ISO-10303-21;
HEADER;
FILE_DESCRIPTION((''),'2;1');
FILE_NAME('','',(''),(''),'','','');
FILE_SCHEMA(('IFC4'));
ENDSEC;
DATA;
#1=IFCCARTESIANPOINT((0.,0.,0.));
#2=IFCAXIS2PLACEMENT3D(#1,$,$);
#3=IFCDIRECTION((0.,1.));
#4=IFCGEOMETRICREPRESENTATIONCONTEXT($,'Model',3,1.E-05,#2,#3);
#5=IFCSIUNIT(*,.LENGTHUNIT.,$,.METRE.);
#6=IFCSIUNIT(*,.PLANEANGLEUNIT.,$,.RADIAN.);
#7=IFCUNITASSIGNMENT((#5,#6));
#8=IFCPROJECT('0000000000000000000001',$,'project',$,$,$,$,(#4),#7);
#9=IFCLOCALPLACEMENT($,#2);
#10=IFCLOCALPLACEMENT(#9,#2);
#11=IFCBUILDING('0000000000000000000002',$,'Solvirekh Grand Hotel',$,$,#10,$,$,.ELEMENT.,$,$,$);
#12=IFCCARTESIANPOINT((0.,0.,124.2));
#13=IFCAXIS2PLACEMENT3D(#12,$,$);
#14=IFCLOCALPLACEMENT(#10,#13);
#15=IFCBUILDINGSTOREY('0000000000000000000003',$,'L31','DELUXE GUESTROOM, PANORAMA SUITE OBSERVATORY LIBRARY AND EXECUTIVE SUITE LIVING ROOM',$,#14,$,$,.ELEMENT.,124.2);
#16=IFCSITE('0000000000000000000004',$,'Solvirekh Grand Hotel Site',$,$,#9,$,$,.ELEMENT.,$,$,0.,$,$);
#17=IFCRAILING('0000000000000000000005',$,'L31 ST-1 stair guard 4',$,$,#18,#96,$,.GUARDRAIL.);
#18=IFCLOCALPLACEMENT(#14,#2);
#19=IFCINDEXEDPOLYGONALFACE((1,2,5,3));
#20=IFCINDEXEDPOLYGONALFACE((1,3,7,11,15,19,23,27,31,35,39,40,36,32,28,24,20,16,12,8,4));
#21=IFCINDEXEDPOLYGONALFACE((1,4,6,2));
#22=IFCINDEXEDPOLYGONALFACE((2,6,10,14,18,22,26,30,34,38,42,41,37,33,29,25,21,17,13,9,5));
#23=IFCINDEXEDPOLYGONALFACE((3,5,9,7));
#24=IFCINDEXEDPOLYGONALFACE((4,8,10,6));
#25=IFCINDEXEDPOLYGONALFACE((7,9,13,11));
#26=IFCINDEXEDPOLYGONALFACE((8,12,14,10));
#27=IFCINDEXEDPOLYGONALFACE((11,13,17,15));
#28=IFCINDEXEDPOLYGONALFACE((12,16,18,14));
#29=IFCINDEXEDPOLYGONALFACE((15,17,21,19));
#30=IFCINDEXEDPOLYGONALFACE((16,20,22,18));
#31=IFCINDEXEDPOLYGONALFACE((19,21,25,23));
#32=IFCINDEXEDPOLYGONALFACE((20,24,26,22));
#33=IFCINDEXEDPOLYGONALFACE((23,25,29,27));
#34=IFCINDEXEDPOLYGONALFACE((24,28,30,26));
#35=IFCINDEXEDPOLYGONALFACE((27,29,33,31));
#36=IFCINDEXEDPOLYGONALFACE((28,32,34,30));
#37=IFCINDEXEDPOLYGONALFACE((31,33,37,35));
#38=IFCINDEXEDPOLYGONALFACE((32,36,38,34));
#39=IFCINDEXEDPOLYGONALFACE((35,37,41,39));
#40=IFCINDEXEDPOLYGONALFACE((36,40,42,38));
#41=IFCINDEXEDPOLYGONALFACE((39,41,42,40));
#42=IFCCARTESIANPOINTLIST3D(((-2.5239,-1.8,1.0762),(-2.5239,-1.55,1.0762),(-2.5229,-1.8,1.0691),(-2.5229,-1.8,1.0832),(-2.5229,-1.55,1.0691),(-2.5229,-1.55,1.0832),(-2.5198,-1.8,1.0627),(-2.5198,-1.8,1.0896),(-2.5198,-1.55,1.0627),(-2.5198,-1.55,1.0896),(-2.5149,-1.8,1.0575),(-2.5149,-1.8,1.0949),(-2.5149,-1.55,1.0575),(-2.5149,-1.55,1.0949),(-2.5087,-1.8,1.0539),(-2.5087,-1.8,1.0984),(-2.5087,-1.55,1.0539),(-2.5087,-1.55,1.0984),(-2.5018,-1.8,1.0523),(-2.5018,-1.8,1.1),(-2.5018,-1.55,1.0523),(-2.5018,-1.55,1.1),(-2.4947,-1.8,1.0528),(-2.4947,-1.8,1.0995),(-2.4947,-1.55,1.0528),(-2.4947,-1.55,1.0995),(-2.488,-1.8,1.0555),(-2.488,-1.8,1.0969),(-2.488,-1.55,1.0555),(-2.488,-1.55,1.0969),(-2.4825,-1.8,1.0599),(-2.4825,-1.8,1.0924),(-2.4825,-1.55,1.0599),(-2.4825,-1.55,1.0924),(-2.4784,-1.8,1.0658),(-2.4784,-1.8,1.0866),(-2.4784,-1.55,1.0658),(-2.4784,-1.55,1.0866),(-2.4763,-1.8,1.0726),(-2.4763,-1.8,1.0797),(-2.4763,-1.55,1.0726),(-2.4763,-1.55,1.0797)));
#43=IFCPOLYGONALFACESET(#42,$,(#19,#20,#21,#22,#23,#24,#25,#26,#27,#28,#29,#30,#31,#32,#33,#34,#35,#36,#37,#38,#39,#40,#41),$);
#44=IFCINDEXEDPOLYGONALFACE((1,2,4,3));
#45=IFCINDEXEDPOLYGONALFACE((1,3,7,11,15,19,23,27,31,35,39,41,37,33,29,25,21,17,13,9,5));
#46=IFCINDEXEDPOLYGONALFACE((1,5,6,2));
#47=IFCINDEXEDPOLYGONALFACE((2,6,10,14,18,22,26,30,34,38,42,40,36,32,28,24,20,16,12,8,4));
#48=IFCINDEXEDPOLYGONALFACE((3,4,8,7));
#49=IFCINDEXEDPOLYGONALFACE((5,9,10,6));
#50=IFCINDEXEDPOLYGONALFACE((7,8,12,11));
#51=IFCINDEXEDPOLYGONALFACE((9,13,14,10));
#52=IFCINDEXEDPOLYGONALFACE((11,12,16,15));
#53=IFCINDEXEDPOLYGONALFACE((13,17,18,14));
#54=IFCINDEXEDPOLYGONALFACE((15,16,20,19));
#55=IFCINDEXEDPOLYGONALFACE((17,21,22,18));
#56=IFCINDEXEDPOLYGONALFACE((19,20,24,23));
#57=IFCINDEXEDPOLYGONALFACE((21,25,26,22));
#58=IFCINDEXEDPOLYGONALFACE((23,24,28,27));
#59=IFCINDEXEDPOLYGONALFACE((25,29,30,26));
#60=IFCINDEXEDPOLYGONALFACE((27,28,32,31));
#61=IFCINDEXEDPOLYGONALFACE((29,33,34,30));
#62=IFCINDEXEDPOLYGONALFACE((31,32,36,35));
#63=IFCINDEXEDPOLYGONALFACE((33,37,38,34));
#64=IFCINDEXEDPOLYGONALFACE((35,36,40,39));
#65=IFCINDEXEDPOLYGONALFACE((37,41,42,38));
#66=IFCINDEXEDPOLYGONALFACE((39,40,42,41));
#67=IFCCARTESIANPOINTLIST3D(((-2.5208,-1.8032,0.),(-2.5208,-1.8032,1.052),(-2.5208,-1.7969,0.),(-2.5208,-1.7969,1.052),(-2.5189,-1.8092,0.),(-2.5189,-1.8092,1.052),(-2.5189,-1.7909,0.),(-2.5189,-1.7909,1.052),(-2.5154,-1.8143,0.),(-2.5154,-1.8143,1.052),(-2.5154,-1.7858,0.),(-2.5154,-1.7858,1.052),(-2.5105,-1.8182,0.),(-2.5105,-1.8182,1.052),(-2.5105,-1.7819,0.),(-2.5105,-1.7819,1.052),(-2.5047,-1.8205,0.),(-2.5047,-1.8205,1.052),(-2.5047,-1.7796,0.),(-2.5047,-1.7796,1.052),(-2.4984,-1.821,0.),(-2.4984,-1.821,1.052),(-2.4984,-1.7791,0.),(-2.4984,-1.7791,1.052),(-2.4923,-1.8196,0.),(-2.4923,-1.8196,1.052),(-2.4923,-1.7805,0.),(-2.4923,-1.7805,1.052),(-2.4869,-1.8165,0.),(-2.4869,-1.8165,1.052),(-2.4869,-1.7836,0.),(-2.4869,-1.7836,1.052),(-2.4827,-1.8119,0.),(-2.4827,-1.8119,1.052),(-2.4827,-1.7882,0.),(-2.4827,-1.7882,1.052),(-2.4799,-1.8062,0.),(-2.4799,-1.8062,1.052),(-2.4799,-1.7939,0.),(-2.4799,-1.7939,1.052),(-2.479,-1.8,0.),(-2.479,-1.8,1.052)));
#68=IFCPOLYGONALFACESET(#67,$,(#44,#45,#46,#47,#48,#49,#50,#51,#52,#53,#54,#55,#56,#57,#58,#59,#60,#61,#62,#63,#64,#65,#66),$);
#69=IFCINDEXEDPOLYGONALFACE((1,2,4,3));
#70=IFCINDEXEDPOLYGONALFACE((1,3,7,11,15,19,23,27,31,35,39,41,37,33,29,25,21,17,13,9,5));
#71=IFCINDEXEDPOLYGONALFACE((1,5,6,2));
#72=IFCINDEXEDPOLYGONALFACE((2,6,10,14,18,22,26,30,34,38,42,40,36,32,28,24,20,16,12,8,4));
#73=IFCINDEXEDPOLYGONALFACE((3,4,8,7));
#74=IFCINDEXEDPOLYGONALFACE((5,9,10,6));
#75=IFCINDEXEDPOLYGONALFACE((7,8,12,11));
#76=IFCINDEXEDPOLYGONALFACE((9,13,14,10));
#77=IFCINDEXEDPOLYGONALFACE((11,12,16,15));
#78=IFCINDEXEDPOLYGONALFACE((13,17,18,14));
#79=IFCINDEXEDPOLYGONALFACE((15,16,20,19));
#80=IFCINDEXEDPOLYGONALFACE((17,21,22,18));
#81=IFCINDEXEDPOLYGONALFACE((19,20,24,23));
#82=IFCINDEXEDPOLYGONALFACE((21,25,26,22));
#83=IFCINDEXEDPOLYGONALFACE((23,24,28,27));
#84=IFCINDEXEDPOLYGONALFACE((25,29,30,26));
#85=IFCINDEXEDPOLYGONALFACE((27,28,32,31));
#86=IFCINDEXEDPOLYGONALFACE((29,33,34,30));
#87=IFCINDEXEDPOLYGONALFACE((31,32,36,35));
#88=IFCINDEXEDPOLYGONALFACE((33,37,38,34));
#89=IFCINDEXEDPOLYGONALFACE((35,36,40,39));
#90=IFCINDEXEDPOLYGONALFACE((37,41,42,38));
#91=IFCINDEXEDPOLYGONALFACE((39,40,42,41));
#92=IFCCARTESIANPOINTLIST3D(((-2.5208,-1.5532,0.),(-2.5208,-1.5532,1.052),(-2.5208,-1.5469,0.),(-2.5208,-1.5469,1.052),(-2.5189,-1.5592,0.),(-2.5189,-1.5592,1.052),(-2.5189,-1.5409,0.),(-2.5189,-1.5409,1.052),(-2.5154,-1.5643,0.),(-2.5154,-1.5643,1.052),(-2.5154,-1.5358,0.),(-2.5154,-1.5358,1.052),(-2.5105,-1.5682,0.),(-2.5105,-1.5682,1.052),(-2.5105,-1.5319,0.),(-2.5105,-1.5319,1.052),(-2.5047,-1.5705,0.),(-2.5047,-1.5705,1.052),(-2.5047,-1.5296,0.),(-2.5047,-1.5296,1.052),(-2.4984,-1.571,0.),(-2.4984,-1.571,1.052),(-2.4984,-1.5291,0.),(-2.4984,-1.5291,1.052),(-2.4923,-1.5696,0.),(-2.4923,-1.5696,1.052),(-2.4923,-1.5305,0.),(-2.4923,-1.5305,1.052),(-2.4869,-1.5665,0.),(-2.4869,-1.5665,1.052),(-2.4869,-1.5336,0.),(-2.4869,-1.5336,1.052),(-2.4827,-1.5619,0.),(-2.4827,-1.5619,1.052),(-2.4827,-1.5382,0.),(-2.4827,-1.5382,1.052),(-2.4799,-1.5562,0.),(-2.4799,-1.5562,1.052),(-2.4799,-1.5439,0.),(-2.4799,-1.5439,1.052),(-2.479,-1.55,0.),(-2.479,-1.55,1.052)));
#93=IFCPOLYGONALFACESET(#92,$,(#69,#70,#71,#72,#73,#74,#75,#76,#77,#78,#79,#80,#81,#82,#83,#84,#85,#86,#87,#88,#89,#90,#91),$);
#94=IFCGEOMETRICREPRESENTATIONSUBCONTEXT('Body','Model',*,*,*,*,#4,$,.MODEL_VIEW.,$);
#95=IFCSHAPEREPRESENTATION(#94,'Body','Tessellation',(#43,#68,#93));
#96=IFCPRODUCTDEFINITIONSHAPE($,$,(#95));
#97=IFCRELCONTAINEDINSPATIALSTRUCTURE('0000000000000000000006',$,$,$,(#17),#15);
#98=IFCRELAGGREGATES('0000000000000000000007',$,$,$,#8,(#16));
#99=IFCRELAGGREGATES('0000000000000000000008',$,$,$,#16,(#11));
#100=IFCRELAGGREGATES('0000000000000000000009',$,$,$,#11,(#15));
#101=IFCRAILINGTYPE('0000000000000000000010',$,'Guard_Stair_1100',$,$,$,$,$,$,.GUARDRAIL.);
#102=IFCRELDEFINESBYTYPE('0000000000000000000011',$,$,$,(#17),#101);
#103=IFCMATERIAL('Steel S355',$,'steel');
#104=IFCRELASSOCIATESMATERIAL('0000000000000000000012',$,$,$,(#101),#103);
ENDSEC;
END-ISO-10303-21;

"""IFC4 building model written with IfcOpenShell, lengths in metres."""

from ifc_helpers import new_model, si_unit, direction, frame, origin, origin_2d, place, context, subcontext, project, spatial, circle, extrude, material, type_object, element, save


model = new_model("IFC4")

# Units and contexts
model_context = context("Model", 3, precision=1e-05, world=origin(), true_north=direction((0.0, 1.0)))
body_context = subcontext(model_context, "Body", "Model", "MODEL_VIEW")
ifc_project = project(units=[si_unit("LENGTHUNIT", "METRE"), si_unit("PLANEANGLEUNIT", "RADIAN")], contexts=[model_context])

# Site, building, storey
site_placement = place(None, origin())
site = spatial("IfcSite", under=ifc_project, at=site_placement, Name="Solvirekh Grand Hotel Site", CompositionType="ELEMENT", RefElevation=0.0)
building_placement = place(site_placement, origin())
building = spatial("IfcBuilding", under=site, at=building_placement, Name="Solvirekh Grand Hotel", CompositionType="ELEMENT")
storey_placement = place(building_placement, frame((0.0, 0.0, 124.2)))
storey = spatial("IfcBuildingStorey", under=building, at=storey_placement, Name="L31", Description="DELUXE GUESTROOM, PANORAMA SUITE OBSERVATORY LIBRARY AND EXECUTIVE SUITE LIVING ROOM", CompositionType="ELEMENT", Elevation=124.2)

# Shared definitions
ifc_material_1 = material(Name="Steel S355", Category="steel")

# Railing
railing_type_1 = type_object("IfcRailingType", Name="Guard_Stair_1100", PredefinedType="GUARDRAIL", material=ifc_material_1)
railing_1_placement = place(storey_placement, frame((-2.5, -1.8, 0.0)))
element("IfcRailing", 1, at=railing_1_placement, inside=storey, type_object=railing_type_1, Name="L31 ST-1 stair guard 4", PredefinedType="GUARDRAIL", context=body_context, shape_type="SweptSolid", body=[
    extrude(circle(Radius=0.0239, at=origin_2d()), frame((0.0, 0.0, 1.0762), z_axis=(0.0, 1.0, 0.0), x_axis=(-1.0, 0.0, 0.0)), (0.0, 0.0, 1.0), 0.25),
    extrude(circle(Radius=0.021, at=origin_2d()), origin(), (0.0, 0.0, 1.0), 1.052),
    extrude(circle(Radius=0.021, at=origin_2d()), frame((0.0, 0.25, 0.0)), (0.0, 0.0, 1.0), 1.052),
])

save(model, "model.ifc")
